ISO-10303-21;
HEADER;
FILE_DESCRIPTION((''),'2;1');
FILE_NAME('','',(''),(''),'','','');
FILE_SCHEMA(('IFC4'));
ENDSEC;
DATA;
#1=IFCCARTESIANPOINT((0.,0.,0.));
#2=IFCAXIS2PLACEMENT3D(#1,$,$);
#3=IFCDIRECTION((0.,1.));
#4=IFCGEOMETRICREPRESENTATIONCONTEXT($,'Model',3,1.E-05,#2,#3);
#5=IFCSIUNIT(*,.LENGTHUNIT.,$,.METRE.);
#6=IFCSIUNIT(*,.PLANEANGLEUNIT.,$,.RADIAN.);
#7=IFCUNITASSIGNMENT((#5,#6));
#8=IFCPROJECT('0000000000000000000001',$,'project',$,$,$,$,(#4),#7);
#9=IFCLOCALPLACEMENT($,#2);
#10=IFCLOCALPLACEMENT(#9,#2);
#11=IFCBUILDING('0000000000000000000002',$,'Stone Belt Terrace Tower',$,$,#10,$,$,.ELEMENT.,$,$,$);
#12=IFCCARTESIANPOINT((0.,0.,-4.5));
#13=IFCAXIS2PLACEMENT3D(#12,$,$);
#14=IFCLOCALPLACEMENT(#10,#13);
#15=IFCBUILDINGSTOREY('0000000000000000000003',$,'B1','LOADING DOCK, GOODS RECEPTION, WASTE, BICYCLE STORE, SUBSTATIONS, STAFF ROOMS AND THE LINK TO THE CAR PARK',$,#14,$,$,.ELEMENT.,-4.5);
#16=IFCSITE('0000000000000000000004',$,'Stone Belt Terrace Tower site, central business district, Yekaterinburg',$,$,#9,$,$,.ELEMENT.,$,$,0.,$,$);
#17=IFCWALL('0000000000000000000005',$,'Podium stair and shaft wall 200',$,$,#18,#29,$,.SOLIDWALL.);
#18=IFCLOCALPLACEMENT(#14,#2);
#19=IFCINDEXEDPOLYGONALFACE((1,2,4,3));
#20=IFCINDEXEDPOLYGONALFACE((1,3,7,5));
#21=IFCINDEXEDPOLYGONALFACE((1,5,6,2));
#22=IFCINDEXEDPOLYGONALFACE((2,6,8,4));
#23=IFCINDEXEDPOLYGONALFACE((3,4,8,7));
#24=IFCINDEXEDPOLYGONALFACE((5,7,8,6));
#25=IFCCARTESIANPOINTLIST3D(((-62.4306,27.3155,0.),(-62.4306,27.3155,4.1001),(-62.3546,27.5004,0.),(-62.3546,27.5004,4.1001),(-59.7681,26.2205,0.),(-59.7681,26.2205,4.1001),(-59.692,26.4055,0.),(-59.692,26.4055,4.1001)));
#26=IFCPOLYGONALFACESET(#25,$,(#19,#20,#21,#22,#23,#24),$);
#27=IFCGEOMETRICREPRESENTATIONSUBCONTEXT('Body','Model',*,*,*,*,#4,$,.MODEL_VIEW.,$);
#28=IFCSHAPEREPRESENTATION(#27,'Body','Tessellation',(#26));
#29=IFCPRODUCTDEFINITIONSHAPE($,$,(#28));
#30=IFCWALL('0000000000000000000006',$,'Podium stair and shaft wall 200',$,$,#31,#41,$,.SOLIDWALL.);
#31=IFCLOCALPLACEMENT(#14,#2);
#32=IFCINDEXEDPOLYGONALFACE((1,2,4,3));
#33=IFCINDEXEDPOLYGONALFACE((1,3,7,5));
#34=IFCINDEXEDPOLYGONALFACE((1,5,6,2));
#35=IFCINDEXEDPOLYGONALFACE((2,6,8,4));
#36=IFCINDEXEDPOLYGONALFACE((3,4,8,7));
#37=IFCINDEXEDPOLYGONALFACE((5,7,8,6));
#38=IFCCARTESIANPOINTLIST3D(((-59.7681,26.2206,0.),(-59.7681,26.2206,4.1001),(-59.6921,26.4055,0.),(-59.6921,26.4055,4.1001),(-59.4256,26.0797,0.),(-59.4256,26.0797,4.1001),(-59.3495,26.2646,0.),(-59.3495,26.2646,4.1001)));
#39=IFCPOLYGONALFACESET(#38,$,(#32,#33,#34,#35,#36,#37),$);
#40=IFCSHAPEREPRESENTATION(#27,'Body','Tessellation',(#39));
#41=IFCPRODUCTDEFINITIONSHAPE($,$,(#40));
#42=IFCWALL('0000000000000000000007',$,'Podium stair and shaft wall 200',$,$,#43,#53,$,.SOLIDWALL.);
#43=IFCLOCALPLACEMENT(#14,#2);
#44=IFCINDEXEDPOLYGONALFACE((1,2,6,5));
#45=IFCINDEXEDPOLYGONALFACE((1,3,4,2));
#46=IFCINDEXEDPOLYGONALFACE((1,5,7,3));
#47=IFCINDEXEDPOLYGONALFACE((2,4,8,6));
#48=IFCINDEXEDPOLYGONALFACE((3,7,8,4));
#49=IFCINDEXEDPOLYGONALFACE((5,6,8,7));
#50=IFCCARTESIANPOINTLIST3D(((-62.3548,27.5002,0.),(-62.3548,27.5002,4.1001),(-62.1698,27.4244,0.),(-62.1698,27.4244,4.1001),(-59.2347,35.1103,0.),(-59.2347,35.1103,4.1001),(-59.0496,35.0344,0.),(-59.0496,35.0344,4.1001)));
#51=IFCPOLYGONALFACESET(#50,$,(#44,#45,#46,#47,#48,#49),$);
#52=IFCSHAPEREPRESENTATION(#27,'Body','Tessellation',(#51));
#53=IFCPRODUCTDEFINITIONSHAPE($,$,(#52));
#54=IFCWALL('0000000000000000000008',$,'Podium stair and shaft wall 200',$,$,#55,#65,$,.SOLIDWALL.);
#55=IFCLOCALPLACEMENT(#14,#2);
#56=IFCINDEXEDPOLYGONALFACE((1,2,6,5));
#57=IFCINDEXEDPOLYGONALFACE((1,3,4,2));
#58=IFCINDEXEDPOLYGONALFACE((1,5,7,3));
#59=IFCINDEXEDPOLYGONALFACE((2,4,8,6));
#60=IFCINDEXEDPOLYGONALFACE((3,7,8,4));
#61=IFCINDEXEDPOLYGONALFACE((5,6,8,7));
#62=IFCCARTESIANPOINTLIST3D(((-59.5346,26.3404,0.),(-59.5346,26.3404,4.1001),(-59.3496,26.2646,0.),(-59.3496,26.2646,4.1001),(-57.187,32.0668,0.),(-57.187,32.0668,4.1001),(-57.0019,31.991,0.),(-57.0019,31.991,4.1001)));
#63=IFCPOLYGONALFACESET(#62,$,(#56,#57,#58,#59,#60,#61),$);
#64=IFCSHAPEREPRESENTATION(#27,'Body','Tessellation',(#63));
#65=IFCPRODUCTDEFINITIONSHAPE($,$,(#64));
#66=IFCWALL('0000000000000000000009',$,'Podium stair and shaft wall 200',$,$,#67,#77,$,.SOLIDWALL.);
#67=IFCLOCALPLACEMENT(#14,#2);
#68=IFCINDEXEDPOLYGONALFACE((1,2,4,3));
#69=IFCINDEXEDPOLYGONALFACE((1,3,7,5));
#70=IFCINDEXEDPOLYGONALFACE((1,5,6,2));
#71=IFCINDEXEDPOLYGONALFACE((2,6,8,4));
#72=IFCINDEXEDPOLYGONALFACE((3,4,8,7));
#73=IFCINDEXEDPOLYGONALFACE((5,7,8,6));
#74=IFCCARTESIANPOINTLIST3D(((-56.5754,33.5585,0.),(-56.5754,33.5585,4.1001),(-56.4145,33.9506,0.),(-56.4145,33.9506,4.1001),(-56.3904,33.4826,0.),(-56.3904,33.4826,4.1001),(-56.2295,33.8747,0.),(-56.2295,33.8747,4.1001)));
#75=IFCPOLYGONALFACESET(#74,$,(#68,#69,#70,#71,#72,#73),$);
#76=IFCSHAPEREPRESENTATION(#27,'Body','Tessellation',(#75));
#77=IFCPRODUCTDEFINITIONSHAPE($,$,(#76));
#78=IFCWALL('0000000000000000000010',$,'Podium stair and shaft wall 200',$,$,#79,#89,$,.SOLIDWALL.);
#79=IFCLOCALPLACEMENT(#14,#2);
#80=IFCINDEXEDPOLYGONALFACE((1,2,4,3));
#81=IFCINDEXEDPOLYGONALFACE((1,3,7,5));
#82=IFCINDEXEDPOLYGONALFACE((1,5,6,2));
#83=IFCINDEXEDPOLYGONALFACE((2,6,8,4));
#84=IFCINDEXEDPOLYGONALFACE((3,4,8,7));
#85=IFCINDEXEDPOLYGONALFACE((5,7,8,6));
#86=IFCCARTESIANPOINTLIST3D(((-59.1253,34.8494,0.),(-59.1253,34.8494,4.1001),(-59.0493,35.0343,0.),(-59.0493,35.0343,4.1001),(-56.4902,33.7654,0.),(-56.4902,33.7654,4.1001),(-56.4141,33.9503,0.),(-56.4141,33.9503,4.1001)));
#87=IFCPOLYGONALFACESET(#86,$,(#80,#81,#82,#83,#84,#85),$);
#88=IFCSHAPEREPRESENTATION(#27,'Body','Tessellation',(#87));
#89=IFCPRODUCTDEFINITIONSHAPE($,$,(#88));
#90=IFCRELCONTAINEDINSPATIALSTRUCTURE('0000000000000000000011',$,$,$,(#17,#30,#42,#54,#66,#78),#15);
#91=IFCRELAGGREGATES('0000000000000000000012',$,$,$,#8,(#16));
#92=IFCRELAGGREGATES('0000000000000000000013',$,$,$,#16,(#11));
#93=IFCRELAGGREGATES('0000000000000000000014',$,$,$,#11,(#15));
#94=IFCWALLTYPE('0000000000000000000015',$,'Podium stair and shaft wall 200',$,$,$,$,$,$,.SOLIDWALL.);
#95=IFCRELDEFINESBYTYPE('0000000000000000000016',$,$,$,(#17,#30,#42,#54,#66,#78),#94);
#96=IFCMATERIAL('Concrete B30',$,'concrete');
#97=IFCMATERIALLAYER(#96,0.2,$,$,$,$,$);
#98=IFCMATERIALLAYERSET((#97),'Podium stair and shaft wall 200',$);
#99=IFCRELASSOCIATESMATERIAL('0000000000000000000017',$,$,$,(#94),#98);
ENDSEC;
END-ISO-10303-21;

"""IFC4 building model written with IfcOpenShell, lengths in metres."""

from ifc_helpers import new_model, si_unit, direction, frame, frame_2d, origin, place, context, subcontext, project, spatial, rectangle, extrude, material, layer, layer_set, type_object, element, save


model = new_model("IFC4")

# Units and contexts
model_context = context("Model", 3, precision=1e-05, world=origin(), true_north=direction((0.0, 1.0)))
body_context = subcontext(model_context, "Body", "Model", "MODEL_VIEW")
ifc_project = project(units=[si_unit("LENGTHUNIT", "METRE"), si_unit("PLANEANGLEUNIT", "RADIAN")], contexts=[model_context])

# Site, building, storey
site_placement = place(None, origin())
site = spatial("IfcSite", under=ifc_project, at=site_placement, Name="Stone Belt Terrace Tower site, central business district, Yekaterinburg", CompositionType="ELEMENT", RefElevation=0.0)
building_placement = place(site_placement, origin())
building = spatial("IfcBuilding", under=site, at=building_placement, Name="Stone Belt Terrace Tower", CompositionType="ELEMENT")
storey_placement = place(building_placement, frame((0.0, 0.0, -4.5)))
storey = spatial("IfcBuildingStorey", under=building, at=storey_placement, Name="B1", Description="LOADING DOCK, GOODS RECEPTION, WASTE, BICYCLE STORE, SUBSTATIONS, STAFF ROOMS AND THE LINK TO THE CAR PARK", CompositionType="ELEMENT", Elevation=-4.5)

# Shared definitions
ifc_material_1 = material(Name="Concrete B30", Category="concrete")

# Walls
ifc_layer_1 = layer(ifc_material_1, 0.2)
ifc_layer_set_1 = layer_set([ifc_layer_1], Name="Podium stair and shaft wall 200")
wall_type_1 = type_object("IfcWallType", Name="Podium stair and shaft wall 200", PredefinedType="SOLIDWALL", material=ifc_layer_set_1)
wall_1_placement = place(storey_placement, frame((-62.3926, 27.408, 0.0), z_axis=(0.0, 0.0, 1.0), x_axis=(0.924848, -0.380336, 0.0)))
element("IfcWall", 1, at=wall_1_placement, inside=storey, type_object=wall_type_1, Name="Podium stair and shaft wall 200", PredefinedType="SOLIDWALL", context=body_context, shape_type="SweptSolid", body=[
    extrude(rectangle(XDim=2.8789, YDim=0.2, at=frame_2d((1.4395, 0.0))), origin(), (0.0, 0.0, 1.0), 4.1001),
])
wall_2_placement = place(storey_placement, frame((-59.73, 26.313, 0.0), z_axis=(0.0, 0.0, 1.0), x_axis=(0.924842, -0.380352, 0.0)))
element("IfcWall", 2, at=wall_2_placement, inside=storey, type_object=wall_type_1, Name="Podium stair and shaft wall 200", PredefinedType="SOLIDWALL", context=body_context, shape_type="SweptSolid", body=[
    extrude(rectangle(XDim=0.3704, YDim=0.2, at=frame_2d((0.1851, 0.0))), origin(), (0.0, 0.0, 1.0), 4.1001),
])
wall_3_placement = place(storey_placement, frame((-62.2622, 27.4624, 0.0), z_axis=(0.0, 0.0, 1.0), x_axis=(0.37935, 0.925253, 0.0)))
element("IfcWall", 3, at=wall_3_placement, inside=storey, type_object=wall_type_1, Name="Podium stair and shaft wall 200", PredefinedType="SOLIDWALL", context=body_context, shape_type="SweptSolid", body=[
    extrude(rectangle(XDim=8.2249, YDim=0.2, at=frame_2d((4.1123, 0.0))), origin(), (0.0, 0.0, 1.0), 4.1001),
])
wall_4_placement = place(storey_placement, frame((-59.4421, 26.3025, 0.0), z_axis=(0.0, 0.0, 1.0), x_axis=(0.379335, 0.92526, 0.0)))
element("IfcWall", 4, at=wall_4_placement, inside=storey, type_object=wall_type_1, Name="Podium stair and shaft wall 200", PredefinedType="SOLIDWALL", context=body_context, shape_type="SweptSolid", body=[
    extrude(rectangle(XDim=6.189, YDim=0.2, at=frame_2d((3.0945, 0.0))), origin(), (0.0, 0.0, 1.0), 4.1001),
])
wall_5_placement = place(storey_placement, frame((-56.4829, 33.5205, 0.0), z_axis=(0.0, 0.0, 1.0), x_axis=(0.37962, 0.925143, 0.0)))
element("IfcWall", 5, at=wall_5_placement, inside=storey, type_object=wall_type_1, Name="Podium stair and shaft wall 200", PredefinedType="SOLIDWALL", context=body_context, shape_type="SweptSolid", body=[
    extrude(rectangle(XDim=0.4238, YDim=0.2, at=frame_2d((0.2119, 0.0))), origin(), (0.0, 0.0, 1.0), 4.1001),
])
wall_6_placement = place(storey_placement, frame((-59.0874, 34.9419, 0.0), z_axis=(0.0, 0.0, 1.0), x_axis=(0.924804, -0.380444, 0.0)))
element("IfcWall", 6, at=wall_6_placement, inside=storey, type_object=wall_type_1, Name="Podium stair and shaft wall 200", PredefinedType="SOLIDWALL", context=body_context, shape_type="SweptSolid", body=[
    extrude(rectangle(XDim=2.8494, YDim=0.2, at=frame_2d((1.4248, 0.0))), origin(), (0.0, 0.0, 1.0), 4.1001),
])

save(model, "model.ifc")
